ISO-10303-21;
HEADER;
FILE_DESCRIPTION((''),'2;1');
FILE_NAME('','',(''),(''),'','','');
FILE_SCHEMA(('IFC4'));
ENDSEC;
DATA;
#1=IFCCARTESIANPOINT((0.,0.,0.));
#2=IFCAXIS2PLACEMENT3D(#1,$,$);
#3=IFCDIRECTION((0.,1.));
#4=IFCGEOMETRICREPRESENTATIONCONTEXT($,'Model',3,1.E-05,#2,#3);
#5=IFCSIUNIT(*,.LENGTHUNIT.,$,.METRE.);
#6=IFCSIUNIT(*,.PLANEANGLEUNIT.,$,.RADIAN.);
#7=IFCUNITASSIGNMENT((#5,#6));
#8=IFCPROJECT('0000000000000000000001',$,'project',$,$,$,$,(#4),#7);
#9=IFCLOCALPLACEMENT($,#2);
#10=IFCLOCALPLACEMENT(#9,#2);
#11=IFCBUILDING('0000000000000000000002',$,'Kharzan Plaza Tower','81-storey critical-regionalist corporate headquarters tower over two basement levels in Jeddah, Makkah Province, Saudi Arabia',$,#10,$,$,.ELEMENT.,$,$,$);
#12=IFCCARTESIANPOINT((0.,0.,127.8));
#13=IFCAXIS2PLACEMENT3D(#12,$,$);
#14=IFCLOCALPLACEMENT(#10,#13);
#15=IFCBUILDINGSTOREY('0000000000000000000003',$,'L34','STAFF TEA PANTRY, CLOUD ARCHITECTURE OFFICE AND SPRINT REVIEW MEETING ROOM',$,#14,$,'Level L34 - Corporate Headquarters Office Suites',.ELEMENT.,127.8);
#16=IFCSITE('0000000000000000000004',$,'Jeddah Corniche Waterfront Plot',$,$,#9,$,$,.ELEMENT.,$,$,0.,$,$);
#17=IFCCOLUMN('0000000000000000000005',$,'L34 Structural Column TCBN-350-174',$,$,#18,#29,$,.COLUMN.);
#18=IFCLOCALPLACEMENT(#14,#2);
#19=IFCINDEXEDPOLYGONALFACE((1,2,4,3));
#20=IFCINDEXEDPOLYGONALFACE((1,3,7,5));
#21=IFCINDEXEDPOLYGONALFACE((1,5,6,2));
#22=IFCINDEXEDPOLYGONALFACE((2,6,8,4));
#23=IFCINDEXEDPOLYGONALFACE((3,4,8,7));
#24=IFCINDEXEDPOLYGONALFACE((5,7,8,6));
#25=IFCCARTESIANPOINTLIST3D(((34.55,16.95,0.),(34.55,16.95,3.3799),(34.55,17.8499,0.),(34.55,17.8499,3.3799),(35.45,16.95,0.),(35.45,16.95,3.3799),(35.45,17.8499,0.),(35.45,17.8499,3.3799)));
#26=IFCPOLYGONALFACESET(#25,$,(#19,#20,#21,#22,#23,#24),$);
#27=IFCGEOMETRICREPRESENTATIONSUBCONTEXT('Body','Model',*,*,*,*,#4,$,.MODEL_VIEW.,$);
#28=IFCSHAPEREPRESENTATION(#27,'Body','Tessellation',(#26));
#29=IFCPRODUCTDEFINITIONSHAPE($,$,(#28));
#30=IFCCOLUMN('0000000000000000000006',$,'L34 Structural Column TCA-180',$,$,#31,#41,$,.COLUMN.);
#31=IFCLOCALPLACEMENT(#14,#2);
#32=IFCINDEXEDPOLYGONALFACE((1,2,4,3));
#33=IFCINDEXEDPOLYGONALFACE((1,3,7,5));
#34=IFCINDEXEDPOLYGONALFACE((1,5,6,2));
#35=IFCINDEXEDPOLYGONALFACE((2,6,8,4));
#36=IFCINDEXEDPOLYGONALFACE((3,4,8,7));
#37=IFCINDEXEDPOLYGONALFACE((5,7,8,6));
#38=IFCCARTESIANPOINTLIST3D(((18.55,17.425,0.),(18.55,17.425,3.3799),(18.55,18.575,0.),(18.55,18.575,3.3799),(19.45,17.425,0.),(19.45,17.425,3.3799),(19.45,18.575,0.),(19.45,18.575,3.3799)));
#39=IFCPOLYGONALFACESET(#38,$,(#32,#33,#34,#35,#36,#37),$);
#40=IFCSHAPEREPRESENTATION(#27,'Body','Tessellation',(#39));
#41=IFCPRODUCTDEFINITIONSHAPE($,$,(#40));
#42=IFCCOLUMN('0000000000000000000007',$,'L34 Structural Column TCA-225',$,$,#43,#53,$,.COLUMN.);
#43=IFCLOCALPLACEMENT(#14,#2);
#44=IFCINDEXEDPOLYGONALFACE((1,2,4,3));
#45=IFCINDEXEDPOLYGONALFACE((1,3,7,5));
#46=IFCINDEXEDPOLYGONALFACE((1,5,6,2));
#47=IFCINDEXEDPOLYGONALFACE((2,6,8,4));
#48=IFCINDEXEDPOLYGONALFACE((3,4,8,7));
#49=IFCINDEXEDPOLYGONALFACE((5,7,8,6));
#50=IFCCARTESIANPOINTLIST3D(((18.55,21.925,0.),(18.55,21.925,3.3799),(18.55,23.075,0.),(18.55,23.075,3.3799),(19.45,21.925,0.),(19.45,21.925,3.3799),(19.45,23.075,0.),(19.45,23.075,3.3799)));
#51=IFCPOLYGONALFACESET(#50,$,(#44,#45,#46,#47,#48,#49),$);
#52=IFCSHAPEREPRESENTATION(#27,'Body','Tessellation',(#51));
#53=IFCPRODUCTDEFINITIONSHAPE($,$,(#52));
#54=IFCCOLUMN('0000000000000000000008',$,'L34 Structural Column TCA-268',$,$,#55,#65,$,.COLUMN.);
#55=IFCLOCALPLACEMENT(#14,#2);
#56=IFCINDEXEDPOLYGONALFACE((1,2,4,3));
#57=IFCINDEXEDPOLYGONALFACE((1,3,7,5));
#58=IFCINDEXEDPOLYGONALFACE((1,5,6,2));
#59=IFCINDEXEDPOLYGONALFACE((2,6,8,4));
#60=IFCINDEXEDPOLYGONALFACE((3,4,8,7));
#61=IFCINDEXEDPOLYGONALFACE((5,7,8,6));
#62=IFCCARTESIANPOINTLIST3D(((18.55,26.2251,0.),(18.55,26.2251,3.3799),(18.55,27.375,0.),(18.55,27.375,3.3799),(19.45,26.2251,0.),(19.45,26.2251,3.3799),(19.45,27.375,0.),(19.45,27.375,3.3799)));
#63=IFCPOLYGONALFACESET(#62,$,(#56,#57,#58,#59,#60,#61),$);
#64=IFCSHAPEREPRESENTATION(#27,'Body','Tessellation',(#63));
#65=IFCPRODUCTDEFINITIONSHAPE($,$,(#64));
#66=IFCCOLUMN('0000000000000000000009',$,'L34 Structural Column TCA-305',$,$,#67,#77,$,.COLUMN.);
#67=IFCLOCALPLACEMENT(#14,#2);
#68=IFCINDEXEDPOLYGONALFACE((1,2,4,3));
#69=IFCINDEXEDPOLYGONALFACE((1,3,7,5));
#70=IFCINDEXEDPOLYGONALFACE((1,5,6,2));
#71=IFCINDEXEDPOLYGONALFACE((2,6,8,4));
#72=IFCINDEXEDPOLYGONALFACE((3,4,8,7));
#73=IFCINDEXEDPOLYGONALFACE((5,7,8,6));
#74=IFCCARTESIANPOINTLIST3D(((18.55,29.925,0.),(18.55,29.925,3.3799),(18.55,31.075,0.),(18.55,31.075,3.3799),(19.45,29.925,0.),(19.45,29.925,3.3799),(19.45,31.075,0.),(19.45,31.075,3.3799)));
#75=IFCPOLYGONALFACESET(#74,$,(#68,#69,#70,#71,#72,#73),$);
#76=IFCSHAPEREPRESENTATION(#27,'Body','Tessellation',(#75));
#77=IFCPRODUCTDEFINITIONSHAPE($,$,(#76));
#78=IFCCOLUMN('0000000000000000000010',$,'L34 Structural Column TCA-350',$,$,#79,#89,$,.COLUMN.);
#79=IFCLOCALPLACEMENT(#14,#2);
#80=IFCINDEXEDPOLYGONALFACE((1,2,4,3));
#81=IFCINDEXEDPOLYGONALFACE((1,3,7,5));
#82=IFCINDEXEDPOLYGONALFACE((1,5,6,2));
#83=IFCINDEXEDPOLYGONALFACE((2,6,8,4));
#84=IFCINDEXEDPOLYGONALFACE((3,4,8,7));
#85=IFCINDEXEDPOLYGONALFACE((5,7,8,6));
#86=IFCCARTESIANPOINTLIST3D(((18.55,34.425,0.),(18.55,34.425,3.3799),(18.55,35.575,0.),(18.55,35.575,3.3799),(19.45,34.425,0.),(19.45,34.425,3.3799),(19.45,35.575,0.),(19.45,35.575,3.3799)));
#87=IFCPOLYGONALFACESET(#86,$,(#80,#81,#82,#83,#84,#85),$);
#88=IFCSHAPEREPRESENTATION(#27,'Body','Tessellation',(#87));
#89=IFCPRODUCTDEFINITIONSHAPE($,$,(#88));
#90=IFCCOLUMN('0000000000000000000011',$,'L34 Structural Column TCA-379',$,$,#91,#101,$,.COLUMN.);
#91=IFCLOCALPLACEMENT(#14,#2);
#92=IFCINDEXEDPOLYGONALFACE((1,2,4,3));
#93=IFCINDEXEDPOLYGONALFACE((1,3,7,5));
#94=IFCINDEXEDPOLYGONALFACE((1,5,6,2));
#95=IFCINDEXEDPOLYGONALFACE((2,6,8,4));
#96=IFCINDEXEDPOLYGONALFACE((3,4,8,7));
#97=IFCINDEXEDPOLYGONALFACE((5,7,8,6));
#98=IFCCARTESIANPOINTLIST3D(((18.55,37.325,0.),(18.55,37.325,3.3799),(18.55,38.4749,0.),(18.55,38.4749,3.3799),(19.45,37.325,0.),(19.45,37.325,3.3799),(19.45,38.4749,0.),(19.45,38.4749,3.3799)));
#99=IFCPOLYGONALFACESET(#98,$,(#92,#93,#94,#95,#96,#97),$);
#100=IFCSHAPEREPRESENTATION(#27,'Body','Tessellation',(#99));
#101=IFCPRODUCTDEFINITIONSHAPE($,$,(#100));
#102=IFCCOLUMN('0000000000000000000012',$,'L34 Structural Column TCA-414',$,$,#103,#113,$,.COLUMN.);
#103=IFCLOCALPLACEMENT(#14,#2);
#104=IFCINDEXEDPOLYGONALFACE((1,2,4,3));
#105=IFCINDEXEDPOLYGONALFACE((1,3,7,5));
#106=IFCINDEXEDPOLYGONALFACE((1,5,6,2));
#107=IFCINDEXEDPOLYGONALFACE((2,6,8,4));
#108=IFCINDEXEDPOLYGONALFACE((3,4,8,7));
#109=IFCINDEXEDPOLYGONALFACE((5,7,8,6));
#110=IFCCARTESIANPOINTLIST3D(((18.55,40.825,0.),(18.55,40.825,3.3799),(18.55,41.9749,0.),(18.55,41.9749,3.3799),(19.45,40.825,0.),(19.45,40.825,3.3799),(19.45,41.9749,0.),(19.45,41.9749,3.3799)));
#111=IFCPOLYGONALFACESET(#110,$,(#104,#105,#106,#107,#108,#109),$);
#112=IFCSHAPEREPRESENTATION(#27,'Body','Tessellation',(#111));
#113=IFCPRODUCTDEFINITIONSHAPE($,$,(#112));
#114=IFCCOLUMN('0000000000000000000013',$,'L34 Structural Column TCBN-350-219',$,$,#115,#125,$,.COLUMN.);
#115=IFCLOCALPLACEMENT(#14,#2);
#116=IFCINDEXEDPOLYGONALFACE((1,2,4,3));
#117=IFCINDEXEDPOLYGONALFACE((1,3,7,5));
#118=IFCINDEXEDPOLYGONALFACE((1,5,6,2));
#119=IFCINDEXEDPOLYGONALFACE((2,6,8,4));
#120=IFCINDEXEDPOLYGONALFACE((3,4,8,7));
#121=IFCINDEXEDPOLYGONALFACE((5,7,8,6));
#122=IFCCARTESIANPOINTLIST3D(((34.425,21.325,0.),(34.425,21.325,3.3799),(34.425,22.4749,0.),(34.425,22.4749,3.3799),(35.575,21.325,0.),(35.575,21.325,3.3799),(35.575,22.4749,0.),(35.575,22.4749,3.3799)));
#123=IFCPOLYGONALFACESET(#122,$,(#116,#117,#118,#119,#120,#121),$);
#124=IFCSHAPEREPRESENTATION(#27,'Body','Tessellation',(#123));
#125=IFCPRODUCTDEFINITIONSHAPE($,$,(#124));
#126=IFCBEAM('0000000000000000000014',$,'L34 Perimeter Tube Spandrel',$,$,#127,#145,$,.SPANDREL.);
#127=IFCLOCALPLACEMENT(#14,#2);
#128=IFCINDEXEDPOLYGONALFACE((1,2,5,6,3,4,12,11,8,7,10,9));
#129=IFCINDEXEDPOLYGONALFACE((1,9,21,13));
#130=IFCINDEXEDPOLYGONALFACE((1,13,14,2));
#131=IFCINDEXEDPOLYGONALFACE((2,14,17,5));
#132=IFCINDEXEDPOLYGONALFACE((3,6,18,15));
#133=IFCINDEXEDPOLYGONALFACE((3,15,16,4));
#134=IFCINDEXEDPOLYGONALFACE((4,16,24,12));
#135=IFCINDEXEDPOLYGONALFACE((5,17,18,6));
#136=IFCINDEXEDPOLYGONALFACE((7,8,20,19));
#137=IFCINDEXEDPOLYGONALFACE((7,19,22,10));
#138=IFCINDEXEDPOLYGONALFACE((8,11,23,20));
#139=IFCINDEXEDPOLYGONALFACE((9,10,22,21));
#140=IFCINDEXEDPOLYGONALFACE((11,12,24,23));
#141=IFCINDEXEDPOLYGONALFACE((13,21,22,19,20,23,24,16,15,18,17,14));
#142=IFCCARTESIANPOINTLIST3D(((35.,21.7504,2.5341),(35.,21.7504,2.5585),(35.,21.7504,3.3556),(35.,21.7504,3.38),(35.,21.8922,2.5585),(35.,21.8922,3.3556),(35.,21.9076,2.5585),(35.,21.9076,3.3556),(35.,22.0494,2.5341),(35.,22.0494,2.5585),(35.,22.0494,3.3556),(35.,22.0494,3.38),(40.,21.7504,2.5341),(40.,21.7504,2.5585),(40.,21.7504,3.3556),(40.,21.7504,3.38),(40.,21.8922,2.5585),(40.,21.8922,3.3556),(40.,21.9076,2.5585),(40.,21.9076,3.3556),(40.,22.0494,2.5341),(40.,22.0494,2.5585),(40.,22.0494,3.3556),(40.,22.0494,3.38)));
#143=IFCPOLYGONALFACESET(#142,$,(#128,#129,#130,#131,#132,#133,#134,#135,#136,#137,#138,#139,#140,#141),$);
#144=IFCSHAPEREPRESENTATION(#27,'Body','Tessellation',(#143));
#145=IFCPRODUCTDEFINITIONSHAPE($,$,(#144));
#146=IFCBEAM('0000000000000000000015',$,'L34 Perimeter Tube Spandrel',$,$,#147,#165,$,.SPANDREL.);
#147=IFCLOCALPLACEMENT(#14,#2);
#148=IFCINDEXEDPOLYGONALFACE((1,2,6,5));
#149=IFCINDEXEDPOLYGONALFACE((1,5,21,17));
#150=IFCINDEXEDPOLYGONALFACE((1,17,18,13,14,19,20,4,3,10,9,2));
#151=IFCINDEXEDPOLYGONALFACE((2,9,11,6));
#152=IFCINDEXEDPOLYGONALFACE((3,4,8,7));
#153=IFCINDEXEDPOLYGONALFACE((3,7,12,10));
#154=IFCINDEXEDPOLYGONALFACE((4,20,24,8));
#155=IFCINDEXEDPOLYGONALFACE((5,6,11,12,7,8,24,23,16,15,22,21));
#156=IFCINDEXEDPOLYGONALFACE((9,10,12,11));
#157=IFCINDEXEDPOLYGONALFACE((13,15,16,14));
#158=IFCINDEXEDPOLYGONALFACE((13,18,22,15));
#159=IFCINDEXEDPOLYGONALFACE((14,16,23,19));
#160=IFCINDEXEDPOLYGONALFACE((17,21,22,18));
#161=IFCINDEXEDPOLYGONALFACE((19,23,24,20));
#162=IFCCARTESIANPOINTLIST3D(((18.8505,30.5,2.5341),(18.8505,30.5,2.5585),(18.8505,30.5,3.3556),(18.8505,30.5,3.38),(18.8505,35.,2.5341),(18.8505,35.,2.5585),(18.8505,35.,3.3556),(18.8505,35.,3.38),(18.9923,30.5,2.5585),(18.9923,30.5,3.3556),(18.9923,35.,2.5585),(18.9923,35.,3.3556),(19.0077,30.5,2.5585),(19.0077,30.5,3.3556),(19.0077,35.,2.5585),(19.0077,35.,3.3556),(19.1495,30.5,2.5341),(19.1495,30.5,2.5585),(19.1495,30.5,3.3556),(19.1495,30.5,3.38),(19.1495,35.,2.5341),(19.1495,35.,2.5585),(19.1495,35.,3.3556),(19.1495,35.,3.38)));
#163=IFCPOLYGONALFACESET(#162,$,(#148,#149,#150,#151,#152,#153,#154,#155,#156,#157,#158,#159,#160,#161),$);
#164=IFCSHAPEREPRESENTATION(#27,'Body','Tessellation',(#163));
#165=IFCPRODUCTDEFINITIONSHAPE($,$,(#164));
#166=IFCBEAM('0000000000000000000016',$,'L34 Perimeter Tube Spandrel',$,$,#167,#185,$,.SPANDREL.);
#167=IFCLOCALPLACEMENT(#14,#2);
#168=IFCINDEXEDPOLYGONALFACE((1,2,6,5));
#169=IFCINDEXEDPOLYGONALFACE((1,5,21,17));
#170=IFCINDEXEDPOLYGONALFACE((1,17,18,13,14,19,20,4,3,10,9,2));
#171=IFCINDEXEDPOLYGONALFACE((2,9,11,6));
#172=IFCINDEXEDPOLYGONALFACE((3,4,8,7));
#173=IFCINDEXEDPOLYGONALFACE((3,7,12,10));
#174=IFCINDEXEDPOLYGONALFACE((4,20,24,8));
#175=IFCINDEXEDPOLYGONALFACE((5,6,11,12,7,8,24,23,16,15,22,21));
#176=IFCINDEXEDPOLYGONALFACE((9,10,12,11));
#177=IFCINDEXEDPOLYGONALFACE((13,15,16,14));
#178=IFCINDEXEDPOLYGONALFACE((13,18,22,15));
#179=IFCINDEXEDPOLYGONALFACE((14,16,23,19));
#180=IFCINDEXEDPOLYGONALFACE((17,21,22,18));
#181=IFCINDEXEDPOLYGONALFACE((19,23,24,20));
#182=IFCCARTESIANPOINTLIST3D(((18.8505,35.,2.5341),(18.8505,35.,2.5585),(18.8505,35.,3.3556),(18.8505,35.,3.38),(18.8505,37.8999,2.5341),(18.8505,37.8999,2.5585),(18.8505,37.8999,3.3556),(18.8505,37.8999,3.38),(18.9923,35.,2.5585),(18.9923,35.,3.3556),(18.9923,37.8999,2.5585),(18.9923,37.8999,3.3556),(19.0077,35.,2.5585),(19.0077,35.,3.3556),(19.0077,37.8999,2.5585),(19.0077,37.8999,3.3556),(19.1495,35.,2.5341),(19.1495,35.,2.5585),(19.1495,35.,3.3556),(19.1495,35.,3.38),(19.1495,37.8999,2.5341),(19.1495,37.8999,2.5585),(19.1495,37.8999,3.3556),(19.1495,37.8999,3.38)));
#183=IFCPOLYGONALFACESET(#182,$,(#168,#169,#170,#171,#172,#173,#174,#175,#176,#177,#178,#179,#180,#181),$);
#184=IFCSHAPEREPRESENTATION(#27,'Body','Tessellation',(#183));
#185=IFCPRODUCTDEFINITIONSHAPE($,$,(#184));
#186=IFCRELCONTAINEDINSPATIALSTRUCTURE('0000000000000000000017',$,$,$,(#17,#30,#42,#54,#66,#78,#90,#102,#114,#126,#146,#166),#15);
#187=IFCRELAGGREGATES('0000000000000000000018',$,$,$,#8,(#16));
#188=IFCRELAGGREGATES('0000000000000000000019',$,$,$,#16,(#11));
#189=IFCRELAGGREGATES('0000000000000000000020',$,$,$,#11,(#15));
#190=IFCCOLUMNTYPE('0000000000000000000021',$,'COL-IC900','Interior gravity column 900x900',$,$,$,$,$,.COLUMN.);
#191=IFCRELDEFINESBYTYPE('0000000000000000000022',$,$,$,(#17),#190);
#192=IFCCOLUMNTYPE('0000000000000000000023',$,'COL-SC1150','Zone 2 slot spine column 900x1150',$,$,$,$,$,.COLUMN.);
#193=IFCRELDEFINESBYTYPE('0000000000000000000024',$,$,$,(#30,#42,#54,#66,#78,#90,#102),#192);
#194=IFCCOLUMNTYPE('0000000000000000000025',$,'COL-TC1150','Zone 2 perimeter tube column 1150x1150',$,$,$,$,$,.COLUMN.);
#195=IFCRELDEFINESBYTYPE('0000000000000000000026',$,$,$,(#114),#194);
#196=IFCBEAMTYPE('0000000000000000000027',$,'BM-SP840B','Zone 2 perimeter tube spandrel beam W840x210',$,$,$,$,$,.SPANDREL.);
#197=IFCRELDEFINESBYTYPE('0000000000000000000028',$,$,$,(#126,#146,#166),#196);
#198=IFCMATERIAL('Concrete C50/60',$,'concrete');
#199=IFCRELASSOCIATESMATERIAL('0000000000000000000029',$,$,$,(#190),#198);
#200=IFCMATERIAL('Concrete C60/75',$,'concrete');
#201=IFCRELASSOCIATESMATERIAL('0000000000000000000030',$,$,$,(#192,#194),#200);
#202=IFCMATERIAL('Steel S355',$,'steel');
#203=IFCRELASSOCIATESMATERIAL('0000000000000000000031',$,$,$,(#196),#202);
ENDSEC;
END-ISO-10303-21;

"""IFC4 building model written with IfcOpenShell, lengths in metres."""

from ifc_helpers import new_model, si_unit, direction, frame, origin, origin_2d, place, context, subcontext, project, spatial, rectangle, i_section, extrude, source, transform, mapped, material, material_profile, profile_set, type_object, element, save


model = new_model("IFC4")

# Units and contexts
model_context = context("Model", 3, precision=1e-05, world=origin(), true_north=direction((0.0, 1.0)))
body_context = subcontext(model_context, "Body", "Model", "MODEL_VIEW")
ifc_project = project(units=[si_unit("LENGTHUNIT", "METRE"), si_unit("PLANEANGLEUNIT", "RADIAN")], contexts=[model_context])

# Site, building, storey
site_placement = place(None, origin())
site = spatial("IfcSite", under=ifc_project, at=site_placement, Name="Jeddah Corniche Waterfront Plot", CompositionType="ELEMENT", RefElevation=0.0)
building_placement = place(site_placement, origin())
building = spatial("IfcBuilding", under=site, at=building_placement, Name="Kharzan Plaza Tower", Description="81-storey critical-regionalist corporate headquarters tower over two basement levels in Jeddah, Makkah Province, Saudi Arabia", CompositionType="ELEMENT")
storey_placement = place(building_placement, frame((0.0, 0.0, 127.8)))
storey = spatial("IfcBuildingStorey", under=building, at=storey_placement, Name="L34", Description="STAFF TEA PANTRY, CLOUD ARCHITECTURE OFFICE AND SPRINT REVIEW MEETING ROOM", LongName="Level L34 - Corporate Headquarters Office Suites", CompositionType="ELEMENT", Elevation=127.8)

# Columns
ifc_material_1 = material(Name="Concrete C50/60", Category="concrete")
ifc_material_profile_1 = material_profile(ifc_material_1, rectangle(XDim=0.8999, YDim=0.8999, at=origin_2d()), Name="RC-IC900x900")
ifc_profile_set_1 = profile_set([ifc_material_profile_1], Name="Concrete C50/60")
column_type_1 = type_object("IfcColumnType", Name="COL-IC900", Description="Interior gravity column 900x900", PredefinedType="COLUMN", material=ifc_profile_set_1)
shared_shape_1 = source(origin(), body_context, "Body", "SweptSolid", [
    extrude(rectangle(XDim=0.8999, YDim=0.8999, at=origin_2d()), origin(), (0.0, 0.0, 1.0), 3.3799),
])
column_1_placement = place(storey_placement, frame((35.0, 17.3999, 0.0), z_axis=(0.0, 0.0, 1.0), x_axis=(1.0, 0.0, 0.0)))
element("IfcColumn", 1, at=column_1_placement, inside=storey, type_object=column_type_1, Name="L34 Structural Column TCBN-350-174", PredefinedType="COLUMN", context=body_context, shape_type="MappedRepresentation", body=[
    mapped(shared_shape_1, transform((0.0, 0.0, 0.0), x_axis=(1.0, 0.0, 0.0), y_axis=(0.0, 1.0, 0.0), z_axis=(0.0, 0.0, 1.0))),
])
ifc_material_2 = material(Name="Concrete C60/75", Category="concrete")
ifc_material_profile_2 = material_profile(ifc_material_2, rectangle(XDim=0.8999, YDim=1.1499, at=origin_2d()), Name="RC-SC1150x900")
ifc_profile_set_2 = profile_set([ifc_material_profile_2], Name="Concrete C60/75")
column_type_2 = type_object("IfcColumnType", Name="COL-SC1150", Description="Zone 2 slot spine column 900x1150", PredefinedType="COLUMN", material=ifc_profile_set_2)
shared_shape_2 = source(origin(), body_context, "Body", "SweptSolid", [
    extrude(rectangle(XDim=0.8999, YDim=1.1499, at=origin_2d()), origin(), (0.0, 0.0, 1.0), 3.3799),
])
for number, where, z_axis, x_axis, name in (
    (2, (19.0, 18.0, 0.0), (0.0, 0.0, 1.0), (1.0, 0.0, 0.0), "L34 Structural Column TCA-180"),
    (3, (19.0, 22.5, 0.0), (0.0, 0.0, 1.0), (1.0, 0.0, 0.0), "L34 Structural Column TCA-225"),
    (4, (19.0, 26.8, 0.0), (0.0, 0.0, 1.0), (1.0, 0.0, 0.0), "L34 Structural Column TCA-268"),
    (5, (19.0, 30.5, 0.0), (0.0, 0.0, 1.0), (1.0, 0.0, 0.0), "L34 Structural Column TCA-305"),
    (6, (19.0, 35.0, 0.0), (0.0, 0.0, 1.0), (1.0, 0.0, 0.0), "L34 Structural Column TCA-350"),
    (7, (19.0, 37.8999, 0.0), (0.0, 0.0, 1.0), (1.0, 0.0, 0.0), "L34 Structural Column TCA-379"),
    (8, (19.0, 41.3999, 0.0), (0.0, 0.0, 1.0), (1.0, 0.0, 0.0), "L34 Structural Column TCA-414"),
):
    element("IfcColumn", number, at=place(storey_placement, frame(where, z_axis=z_axis, x_axis=x_axis)), inside=storey, type_object=column_type_2, Name=name, PredefinedType="COLUMN", context=body_context, shape_type="MappedRepresentation", body=[
        mapped(shared_shape_2, transform((0.0, 0.0, 0.0), x_axis=(1.0, 0.0, 0.0), y_axis=(0.0, 1.0, 0.0), z_axis=(0.0, 0.0, 1.0))),
    ])
ifc_material_profile_3 = material_profile(ifc_material_2, rectangle(XDim=1.1499, YDim=1.1499, at=origin_2d()), Name="RC-TC1150x1150")
ifc_profile_set_3 = profile_set([ifc_material_profile_3], Name="Concrete C60/75")
column_type_3 = type_object("IfcColumnType", Name="COL-TC1150", Description="Zone 2 perimeter tube column 1150x1150", PredefinedType="COLUMN", material=ifc_profile_set_3)
shared_shape_3 = source(origin(), body_context, "Body", "SweptSolid", [
    extrude(rectangle(XDim=1.1499, YDim=1.1499, at=origin_2d()), origin(), (0.0, 0.0, 1.0), 3.3799),
])
column_2_placement = place(storey_placement, frame((35.0, 21.8999, 0.0), z_axis=(0.0, 0.0, 1.0), x_axis=(1.0, 0.0, 0.0)))
element("IfcColumn", 9, at=column_2_placement, inside=storey, type_object=column_type_3, Name="L34 Structural Column TCBN-350-219", PredefinedType="COLUMN", context=body_context, shape_type="MappedRepresentation", body=[
    mapped(shared_shape_3, transform((0.0, 0.0, 0.0), x_axis=(1.0, 0.0, 0.0), y_axis=(0.0, 1.0, 0.0), z_axis=(0.0, 0.0, 1.0))),
])

# Beams
ifc_material_3 = material(Name="Steel S355", Category="steel")
ifc_material_profile_4 = material_profile(ifc_material_3, i_section(OverallWidth=0.2991, OverallDepth=0.8459, WebThickness=0.0154, FlangeThickness=0.0244, at=origin_2d()), Name="W840x210")
ifc_profile_set_4 = profile_set([ifc_material_profile_4], Name="Steel S355")
beam_type = type_object("IfcBeamType", Name="BM-SP840B", Description="Zone 2 perimeter tube spandrel beam W840x210", PredefinedType="SPANDREL", material=ifc_profile_set_4)
shared_shape_4 = source(origin(), body_context, "Body", "SweptSolid", [
    extrude(i_section(OverallWidth=0.2991, OverallDepth=0.8459, WebThickness=0.0154, FlangeThickness=0.0244, at=origin_2d()), origin(), (0.0, 0.0, 1.0), 5.0),
])
beam_1_placement = place(storey_placement, frame((35.0, 21.8999, 2.957), z_axis=(1.0, 0.0, 0.0), x_axis=(0.0, 1.0, 0.0)))
element("IfcBeam", 10, at=beam_1_placement, inside=storey, type_object=beam_type, Name="L34 Perimeter Tube Spandrel", PredefinedType="SPANDREL", context=body_context, shape_type="MappedRepresentation", body=[
    mapped(shared_shape_4, transform((0.0, 0.0, 0.0), x_axis=(1.0, 0.0, 0.0), y_axis=(0.0, 1.0, 0.0), z_axis=(0.0, 0.0, 1.0))),
])
shared_shape_5 = source(origin(), body_context, "Body", "SweptSolid", [
    extrude(i_section(OverallWidth=0.2991, OverallDepth=0.8459, WebThickness=0.0154, FlangeThickness=0.0244, at=origin_2d()), origin(), (0.0, 0.0, 1.0), 4.5),
])
beam_2_placement = place(storey_placement, frame((19.0, 30.5, 2.957), z_axis=(0.0, 1.0, 0.0), x_axis=(-1.0, 0.0, 0.0)))
element("IfcBeam", 11, at=beam_2_placement, inside=storey, type_object=beam_type, Name="L34 Perimeter Tube Spandrel", PredefinedType="SPANDREL", context=body_context, shape_type="MappedRepresentation", body=[
    mapped(shared_shape_5, transform((0.0, 0.0, 0.0), x_axis=(1.0, 0.0, 0.0), y_axis=(0.0, 1.0, 0.0), z_axis=(0.0, 0.0, 1.0))),
])
shared_shape_6 = source(origin(), body_context, "Body", "SweptSolid", [
    extrude(i_section(OverallWidth=0.2991, OverallDepth=0.8459, WebThickness=0.0154, FlangeThickness=0.0244, at=origin_2d()), origin(), (0.0, 0.0, 1.0), 2.8999),
])
beam_3_placement = place(storey_placement, frame((19.0, 35.0, 2.957), z_axis=(0.0, 1.0, 0.0), x_axis=(-1.0, 0.0, 0.0)))
element("IfcBeam", 12, at=beam_3_placement, inside=storey, type_object=beam_type, Name="L34 Perimeter Tube Spandrel", PredefinedType="SPANDREL", context=body_context, shape_type="MappedRepresentation", body=[
    mapped(shared_shape_6, transform((0.0, 0.0, 0.0), x_axis=(1.0, 0.0, 0.0), y_axis=(0.0, 1.0, 0.0), z_axis=(0.0, 0.0, 1.0))),
])

save(model, "model.ifc")
